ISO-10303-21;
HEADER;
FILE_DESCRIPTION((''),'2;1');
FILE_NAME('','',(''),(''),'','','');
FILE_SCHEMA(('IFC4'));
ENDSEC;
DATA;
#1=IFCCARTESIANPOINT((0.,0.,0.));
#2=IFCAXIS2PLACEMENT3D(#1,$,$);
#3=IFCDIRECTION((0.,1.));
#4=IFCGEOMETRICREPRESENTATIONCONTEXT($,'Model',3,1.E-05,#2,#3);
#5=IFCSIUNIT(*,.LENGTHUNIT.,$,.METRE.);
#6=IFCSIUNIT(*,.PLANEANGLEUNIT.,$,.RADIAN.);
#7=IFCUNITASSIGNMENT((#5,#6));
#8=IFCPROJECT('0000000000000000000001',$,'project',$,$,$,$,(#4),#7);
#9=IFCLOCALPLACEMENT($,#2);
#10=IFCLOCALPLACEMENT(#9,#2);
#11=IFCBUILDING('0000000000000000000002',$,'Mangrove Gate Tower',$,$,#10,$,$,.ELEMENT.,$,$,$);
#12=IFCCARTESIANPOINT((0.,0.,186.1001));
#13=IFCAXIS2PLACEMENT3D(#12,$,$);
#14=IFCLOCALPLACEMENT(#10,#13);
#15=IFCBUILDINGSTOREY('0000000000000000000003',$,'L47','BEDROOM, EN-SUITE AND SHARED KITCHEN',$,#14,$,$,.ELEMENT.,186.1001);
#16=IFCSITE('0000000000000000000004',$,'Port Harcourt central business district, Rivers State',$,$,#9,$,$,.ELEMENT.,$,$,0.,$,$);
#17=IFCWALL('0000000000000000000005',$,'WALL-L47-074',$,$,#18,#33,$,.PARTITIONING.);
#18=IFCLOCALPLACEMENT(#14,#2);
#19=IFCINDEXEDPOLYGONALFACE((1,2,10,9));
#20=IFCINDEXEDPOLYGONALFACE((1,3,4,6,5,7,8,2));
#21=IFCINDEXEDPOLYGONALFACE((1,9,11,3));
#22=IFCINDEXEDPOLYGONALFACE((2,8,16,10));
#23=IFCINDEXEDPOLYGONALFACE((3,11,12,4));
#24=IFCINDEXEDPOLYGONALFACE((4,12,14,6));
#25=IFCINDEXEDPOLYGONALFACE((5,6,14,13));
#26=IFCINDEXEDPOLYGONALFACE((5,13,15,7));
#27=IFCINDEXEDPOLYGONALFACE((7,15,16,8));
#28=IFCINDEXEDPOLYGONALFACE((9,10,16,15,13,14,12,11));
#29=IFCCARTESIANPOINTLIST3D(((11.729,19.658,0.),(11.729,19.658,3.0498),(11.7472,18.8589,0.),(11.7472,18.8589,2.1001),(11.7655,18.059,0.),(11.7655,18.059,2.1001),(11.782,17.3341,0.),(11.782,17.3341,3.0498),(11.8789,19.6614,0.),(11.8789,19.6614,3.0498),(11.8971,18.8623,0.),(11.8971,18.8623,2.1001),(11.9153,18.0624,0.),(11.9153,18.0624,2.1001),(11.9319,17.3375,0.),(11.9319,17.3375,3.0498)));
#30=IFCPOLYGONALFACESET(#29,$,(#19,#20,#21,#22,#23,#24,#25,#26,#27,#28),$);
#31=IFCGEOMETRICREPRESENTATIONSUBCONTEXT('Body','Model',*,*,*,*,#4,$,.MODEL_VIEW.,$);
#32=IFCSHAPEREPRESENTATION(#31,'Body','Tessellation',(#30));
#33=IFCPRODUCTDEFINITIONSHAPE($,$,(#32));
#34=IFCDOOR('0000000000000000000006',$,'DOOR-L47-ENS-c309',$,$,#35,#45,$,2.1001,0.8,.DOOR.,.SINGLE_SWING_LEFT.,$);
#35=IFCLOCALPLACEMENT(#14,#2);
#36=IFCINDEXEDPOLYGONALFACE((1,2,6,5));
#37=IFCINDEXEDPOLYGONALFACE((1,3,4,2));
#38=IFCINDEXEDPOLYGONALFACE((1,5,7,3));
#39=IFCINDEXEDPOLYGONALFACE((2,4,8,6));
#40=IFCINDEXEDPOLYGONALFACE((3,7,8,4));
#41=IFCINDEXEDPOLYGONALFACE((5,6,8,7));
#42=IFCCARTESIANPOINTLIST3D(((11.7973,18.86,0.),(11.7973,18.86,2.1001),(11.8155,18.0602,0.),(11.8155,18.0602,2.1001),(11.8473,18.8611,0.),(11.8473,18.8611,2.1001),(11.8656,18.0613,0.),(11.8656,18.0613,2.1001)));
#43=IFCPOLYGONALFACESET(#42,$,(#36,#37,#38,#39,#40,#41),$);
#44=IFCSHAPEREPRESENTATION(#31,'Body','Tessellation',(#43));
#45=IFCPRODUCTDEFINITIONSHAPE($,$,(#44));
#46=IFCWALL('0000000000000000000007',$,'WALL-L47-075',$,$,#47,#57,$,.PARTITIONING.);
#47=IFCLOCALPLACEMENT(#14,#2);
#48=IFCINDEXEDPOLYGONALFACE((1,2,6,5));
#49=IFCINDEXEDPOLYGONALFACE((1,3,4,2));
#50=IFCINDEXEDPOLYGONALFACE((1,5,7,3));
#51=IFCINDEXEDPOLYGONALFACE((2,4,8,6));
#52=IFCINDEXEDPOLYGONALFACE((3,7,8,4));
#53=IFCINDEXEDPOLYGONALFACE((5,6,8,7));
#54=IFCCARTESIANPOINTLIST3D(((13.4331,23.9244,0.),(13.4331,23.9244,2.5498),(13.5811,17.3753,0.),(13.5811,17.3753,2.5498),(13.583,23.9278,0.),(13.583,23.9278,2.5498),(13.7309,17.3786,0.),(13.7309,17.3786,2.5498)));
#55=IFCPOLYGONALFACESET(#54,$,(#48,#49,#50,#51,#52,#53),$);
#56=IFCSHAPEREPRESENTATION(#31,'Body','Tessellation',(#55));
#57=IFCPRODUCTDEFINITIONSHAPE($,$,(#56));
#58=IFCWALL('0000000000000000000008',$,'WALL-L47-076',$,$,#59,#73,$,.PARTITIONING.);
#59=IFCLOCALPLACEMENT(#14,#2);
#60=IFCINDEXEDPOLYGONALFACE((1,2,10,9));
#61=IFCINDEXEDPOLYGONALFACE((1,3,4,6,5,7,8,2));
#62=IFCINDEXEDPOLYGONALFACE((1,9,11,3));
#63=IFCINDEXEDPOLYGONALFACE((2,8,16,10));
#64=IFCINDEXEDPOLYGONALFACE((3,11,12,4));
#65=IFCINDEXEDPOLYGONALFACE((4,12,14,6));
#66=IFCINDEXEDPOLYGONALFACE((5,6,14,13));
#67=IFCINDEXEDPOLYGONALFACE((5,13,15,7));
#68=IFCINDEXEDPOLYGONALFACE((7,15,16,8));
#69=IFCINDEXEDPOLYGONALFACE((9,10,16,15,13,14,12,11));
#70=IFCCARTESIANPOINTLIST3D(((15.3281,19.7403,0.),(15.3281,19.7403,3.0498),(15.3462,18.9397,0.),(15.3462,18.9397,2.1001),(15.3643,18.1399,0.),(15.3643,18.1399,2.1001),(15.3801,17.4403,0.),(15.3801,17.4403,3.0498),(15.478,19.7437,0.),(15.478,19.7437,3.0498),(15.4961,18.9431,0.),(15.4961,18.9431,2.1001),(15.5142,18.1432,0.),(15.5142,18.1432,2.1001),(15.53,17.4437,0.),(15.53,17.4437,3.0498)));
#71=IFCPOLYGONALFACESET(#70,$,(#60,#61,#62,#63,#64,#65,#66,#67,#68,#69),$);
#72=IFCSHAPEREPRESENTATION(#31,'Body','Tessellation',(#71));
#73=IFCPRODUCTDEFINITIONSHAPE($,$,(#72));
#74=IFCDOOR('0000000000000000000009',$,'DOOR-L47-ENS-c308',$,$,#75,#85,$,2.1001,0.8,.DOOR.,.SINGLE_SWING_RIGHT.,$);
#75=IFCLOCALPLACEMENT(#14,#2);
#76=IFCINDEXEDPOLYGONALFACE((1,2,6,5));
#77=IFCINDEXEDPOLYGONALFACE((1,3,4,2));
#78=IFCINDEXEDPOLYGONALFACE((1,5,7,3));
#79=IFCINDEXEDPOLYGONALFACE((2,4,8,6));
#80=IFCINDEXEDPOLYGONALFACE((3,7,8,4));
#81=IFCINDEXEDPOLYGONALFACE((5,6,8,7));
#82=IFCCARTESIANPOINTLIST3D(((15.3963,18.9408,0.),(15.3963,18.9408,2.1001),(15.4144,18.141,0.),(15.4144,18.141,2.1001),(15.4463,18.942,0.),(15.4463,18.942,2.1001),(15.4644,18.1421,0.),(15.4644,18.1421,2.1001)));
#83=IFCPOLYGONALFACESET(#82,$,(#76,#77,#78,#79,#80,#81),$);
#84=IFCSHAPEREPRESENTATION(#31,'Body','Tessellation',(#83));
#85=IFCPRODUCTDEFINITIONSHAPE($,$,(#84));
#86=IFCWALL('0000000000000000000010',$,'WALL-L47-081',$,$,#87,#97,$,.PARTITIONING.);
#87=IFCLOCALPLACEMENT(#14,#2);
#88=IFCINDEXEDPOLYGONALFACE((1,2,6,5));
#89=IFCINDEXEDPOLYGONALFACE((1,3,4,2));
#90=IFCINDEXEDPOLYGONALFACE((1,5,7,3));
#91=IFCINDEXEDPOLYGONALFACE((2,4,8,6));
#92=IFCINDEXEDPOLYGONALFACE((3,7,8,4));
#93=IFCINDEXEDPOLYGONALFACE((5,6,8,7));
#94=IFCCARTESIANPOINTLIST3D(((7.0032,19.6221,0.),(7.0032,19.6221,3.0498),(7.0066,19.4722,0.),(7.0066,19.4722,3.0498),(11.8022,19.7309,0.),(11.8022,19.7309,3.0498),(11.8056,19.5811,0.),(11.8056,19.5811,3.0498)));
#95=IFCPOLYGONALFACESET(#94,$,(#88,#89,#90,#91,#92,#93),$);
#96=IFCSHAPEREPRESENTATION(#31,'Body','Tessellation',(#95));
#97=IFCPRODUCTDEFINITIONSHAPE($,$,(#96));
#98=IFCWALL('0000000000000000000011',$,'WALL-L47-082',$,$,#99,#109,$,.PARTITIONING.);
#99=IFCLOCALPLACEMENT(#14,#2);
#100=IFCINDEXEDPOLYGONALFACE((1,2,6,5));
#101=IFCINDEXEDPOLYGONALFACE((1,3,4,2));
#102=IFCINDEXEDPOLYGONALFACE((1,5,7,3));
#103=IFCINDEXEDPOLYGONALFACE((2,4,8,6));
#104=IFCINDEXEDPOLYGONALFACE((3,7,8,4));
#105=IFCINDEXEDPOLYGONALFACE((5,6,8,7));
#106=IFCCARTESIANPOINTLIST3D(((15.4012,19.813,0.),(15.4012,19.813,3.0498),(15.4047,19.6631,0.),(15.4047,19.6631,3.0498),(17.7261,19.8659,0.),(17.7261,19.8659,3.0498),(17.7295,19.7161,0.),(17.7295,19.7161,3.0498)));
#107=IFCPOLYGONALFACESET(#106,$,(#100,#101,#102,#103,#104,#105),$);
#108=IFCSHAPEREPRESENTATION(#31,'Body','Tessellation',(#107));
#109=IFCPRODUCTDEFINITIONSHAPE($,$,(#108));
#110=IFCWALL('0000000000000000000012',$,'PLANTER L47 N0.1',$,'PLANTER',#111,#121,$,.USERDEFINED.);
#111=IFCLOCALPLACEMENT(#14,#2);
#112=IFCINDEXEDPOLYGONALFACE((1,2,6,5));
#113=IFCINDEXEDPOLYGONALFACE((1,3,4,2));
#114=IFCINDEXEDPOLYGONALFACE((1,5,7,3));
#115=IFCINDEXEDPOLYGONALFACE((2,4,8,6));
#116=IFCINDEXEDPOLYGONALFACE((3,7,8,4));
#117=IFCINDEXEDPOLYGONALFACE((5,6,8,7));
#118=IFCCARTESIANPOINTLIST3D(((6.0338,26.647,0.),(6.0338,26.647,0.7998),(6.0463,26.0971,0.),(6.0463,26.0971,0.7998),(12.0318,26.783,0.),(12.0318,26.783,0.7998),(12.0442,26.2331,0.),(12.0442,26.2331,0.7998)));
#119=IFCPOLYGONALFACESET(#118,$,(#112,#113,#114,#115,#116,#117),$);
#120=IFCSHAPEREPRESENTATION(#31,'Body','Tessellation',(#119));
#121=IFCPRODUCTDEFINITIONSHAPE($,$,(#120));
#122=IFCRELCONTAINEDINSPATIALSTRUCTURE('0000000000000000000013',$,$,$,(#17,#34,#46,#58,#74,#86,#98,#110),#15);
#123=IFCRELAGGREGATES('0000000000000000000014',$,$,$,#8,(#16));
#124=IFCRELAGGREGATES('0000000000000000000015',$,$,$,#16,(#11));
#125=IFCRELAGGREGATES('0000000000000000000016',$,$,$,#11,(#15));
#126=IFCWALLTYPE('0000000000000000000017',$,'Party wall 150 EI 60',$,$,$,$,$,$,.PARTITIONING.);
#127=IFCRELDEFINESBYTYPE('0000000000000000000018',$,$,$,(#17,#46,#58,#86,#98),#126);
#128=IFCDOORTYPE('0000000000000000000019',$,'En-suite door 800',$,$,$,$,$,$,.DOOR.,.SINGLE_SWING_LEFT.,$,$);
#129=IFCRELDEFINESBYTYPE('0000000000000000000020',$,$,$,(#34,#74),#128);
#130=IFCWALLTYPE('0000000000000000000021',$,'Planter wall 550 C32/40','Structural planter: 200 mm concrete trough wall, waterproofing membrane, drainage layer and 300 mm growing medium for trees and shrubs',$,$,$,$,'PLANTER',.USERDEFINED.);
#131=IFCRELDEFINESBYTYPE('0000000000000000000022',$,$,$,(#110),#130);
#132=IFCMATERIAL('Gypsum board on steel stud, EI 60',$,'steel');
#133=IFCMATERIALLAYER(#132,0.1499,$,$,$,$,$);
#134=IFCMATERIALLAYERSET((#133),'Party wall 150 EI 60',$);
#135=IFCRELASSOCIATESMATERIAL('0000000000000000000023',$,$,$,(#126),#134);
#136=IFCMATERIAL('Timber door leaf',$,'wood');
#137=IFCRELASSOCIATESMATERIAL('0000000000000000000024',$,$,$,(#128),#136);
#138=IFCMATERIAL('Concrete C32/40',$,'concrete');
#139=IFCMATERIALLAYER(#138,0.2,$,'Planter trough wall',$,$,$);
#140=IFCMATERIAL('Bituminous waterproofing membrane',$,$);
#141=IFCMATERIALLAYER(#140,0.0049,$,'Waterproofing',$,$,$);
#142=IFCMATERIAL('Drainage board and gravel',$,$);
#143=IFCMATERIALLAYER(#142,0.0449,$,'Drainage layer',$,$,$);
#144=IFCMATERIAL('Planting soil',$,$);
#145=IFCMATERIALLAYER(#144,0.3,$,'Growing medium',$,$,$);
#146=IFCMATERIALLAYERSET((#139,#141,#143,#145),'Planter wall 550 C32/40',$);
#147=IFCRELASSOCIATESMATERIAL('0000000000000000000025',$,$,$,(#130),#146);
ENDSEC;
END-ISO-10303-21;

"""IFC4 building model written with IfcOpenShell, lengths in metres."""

from ifc_helpers import new_model, si_unit, direction, frame, frame_2d, origin, place, context, subcontext, project, spatial, rectangle, extrude, material, layer, layer_set, type_object, element, fill, save


model = new_model("IFC4")

# Units and contexts
model_context = context("Model", 3, precision=1e-05, world=origin(), true_north=direction((0.0, 1.0)))
body_context = subcontext(model_context, "Body", "Model", "MODEL_VIEW")
ifc_project = project(units=[si_unit("LENGTHUNIT", "METRE"), si_unit("PLANEANGLEUNIT", "RADIAN")], contexts=[model_context])

# Site, building, storey
site_placement = place(None, origin())
site = spatial("IfcSite", under=ifc_project, at=site_placement, Name="Port Harcourt central business district, Rivers State", CompositionType="ELEMENT", RefElevation=0.0)
building_placement = place(site_placement, origin())
building = spatial("IfcBuilding", under=site, at=building_placement, Name="Mangrove Gate Tower", CompositionType="ELEMENT")
storey_placement = place(building_placement, frame((0.0, 0.0, 186.1001)))
storey = spatial("IfcBuildingStorey", under=building, at=storey_placement, Name="L47", Description="BEDROOM, EN-SUITE AND SHARED KITCHEN", CompositionType="ELEMENT", Elevation=186.1001)

# Shared definitions
ifc_material_1 = material(Name="Gypsum board on steel stud, EI 60", Category="steel")
ifc_layer_1 = layer(ifc_material_1, 0.1499)
ifc_layer_set_1 = layer_set([ifc_layer_1], Name="Party wall 150 EI 60")
wall_type_1 = type_object("IfcWallType", Name="Party wall 150 EI 60", PredefinedType="PARTITIONING", material=ifc_layer_set_1)

# Shared definitions
ifc_material_2 = material(Name="Timber door leaf", Category="wood")
door_type_1 = type_object("IfcDoorType", Name="En-suite door 800", OperationType="SINGLE_SWING_LEFT", PredefinedType="DOOR", material=ifc_material_2)

# Wall, opening, door
wall_1_placement = place(storey_placement, frame((11.8569, 17.3359, 0.0), z_axis=(0.0, 0.0, 1.0), x_axis=(-0.022791, 0.99974, 0.0)))
wall_1 = element("IfcWall", 1, at=wall_1_placement, inside=storey, type_object=wall_type_1, Name="WALL-L47-074", PredefinedType="PARTITIONING", context=body_context, shape_type="SweptSolid", body=[
    extrude(rectangle(XDim=2.3245, YDim=0.1499, at=frame_2d((1.1621, 0.0))), origin(), (0.0, 0.0, 1.0), 3.0498),
])
opening_1_placement = place(wall_1_placement, frame((0.7251, 0.0, 0.0)))
opening_1 = element("IfcOpeningElement", 2, at=opening_1_placement, cuts=wall_1, PredefinedType="OPENING", context=body_context, shape_type="SweptSolid", body=[
    extrude(rectangle(XDim=0.8, YDim=2.1001, at=frame_2d((0.3999, 1.05))), frame((0.0, 0.085, 0.0), z_axis=(0.0, -1.0, 0.0), x_axis=(1.0, 0.0, 0.0)), (0.0, 0.0, 1.0), 0.1699),
])
door_1_placement = place(opening_1_placement, origin())
door_1 = element("IfcDoor", 3, at=door_1_placement, inside=storey, type_object=door_type_1, Name="DOOR-L47-ENS-c309", OperationType="SINGLE_SWING_LEFT", OverallHeight=2.1001, OverallWidth=0.8, PredefinedType="DOOR", context=body_context, shape_type="SweptSolid", body=[
    extrude(rectangle(XDim=0.8, YDim=2.1001, at=frame_2d((0.3999, 1.05))), frame((0.0, 0.0249, 0.0), z_axis=(0.0, -1.0, 0.0), x_axis=(1.0, 0.0, 0.0)), (0.0, 0.0, 1.0), 0.05),
])
fill(opening_1, door_1)

# Wall
wall_2_placement = place(storey_placement, frame((13.656, 17.377, 0.0), z_axis=(0.0, 0.0, 1.0), x_axis=(-0.022585, 0.999745, 0.0)))
element("IfcWall", 4, at=wall_2_placement, inside=storey, type_object=wall_type_1, Name="WALL-L47-075", PredefinedType="PARTITIONING", context=body_context, shape_type="SweptSolid", body=[
    extrude(rectangle(XDim=6.5508, YDim=0.1499, at=frame_2d((3.2754, 0.0))), origin(), (0.0, 0.0, 1.0), 2.5498),
])

# Wall, opening, door
wall_3_placement = place(storey_placement, frame((15.4551, 17.4419, 0.0), z_axis=(0.0, 0.0, 1.0), x_axis=(-0.022603, 0.999745, 0.0)))
wall_3 = element("IfcWall", 5, at=wall_3_placement, inside=storey, type_object=wall_type_1, Name="WALL-L47-076", PredefinedType="PARTITIONING", context=body_context, shape_type="SweptSolid", body=[
    extrude(rectangle(XDim=2.3005, YDim=0.1499, at=frame_2d((1.1504, 0.0))), origin(), (0.0, 0.0, 1.0), 3.0498),
])
opening_2_placement = place(wall_3_placement, frame((0.7, 0.0, 0.0)))
opening_2 = element("IfcOpeningElement", 6, at=opening_2_placement, cuts=wall_3, PredefinedType="OPENING", context=body_context, shape_type="SweptSolid", body=[
    extrude(rectangle(XDim=0.8, YDim=2.1001, at=frame_2d((0.3999, 1.05))), frame((0.0, 0.085, 0.0), z_axis=(0.0, -1.0, 0.0), x_axis=(1.0, 0.0, 0.0)), (0.0, 0.0, 1.0), 0.1699),
])
door_2_placement = place(opening_2_placement, origin())
door_2 = element("IfcDoor", 7, at=door_2_placement, inside=storey, type_object=door_type_1, Name="DOOR-L47-ENS-c308", OperationType="SINGLE_SWING_RIGHT", OverallHeight=2.1001, OverallWidth=0.8, PredefinedType="DOOR", context=body_context, shape_type="SweptSolid", body=[
    extrude(rectangle(XDim=0.8, YDim=2.1001, at=frame_2d((0.3999, 1.05))), frame((0.0, 0.0249, 0.0), z_axis=(0.0, -1.0, 0.0), x_axis=(1.0, 0.0, 0.0)), (0.0, 0.0, 1.0), 0.05),
])
fill(opening_2, door_2)

# Walls
wall_4_placement = place(storey_placement, frame((7.0049, 19.5471, 0.0), z_axis=(0.0, 0.0, 1.0), x_axis=(0.999743, 0.022683, 0.0)))
element("IfcWall", 8, at=wall_4_placement, inside=storey, type_object=wall_type_1, Name="WALL-L47-081", PredefinedType="PARTITIONING", context=body_context, shape_type="SweptSolid", body=[
    extrude(rectangle(XDim=4.8003, YDim=0.1499, at=frame_2d((2.4001, 0.0))), origin(), (0.0, 0.0, 1.0), 3.0498),
])
wall_5_placement = place(storey_placement, frame((15.4031, 19.738, 0.0), z_axis=(0.0, 0.0, 1.0), x_axis=(0.99974, 0.022781, 0.0)))
element("IfcWall", 9, at=wall_5_placement, inside=storey, type_object=wall_type_1, Name="WALL-L47-082", PredefinedType="PARTITIONING", context=body_context, shape_type="SweptSolid", body=[
    extrude(rectangle(XDim=2.3254, YDim=0.1499, at=frame_2d((1.1626, 0.0))), origin(), (0.0, 0.0, 1.0), 3.0498),
])
ifc_material_3 = material(Name="Concrete C32/40", Category="concrete")
ifc_layer_2 = layer(ifc_material_3, 0.2, Name="Planter trough wall")
ifc_material_4 = material(Name="Bituminous waterproofing membrane")
ifc_layer_3 = layer(ifc_material_4, 0.0049, Name="Waterproofing")
ifc_material_5 = material(Name="Drainage board and gravel")
ifc_layer_4 = layer(ifc_material_5, 0.0449, Name="Drainage layer")
ifc_material_6 = material(Name="Planting soil")
ifc_layer_5 = layer(ifc_material_6, 0.3, Name="Growing medium")
ifc_layer_set_2 = layer_set([ifc_layer_2, ifc_layer_3, ifc_layer_4, ifc_layer_5], Name="Planter wall 550 C32/40")
wall_type_2 = type_object("IfcWallType", Name="Planter wall 550 C32/40", Description="Structural planter: 200 mm concrete trough wall, waterproofing membrane, drainage layer and 300 mm growing medium for trees and shrubs", ElementType="PLANTER", PredefinedType="USERDEFINED", material=ifc_layer_set_2)
wall_6_placement = place(storey_placement, frame((6.04, 26.3721, 0.0), z_axis=(0.0, 0.0, 1.0), x_axis=(0.999743, 0.022666, 0.0)))
element("IfcWall", 10, at=wall_6_placement, inside=storey, type_object=wall_type_2, Name="PLANTER L47 N0.1", ObjectType="PLANTER", PredefinedType="USERDEFINED", context=body_context, shape_type="SweptSolid", body=[
    extrude(rectangle(XDim=5.9995, YDim=0.55, at=frame_2d((2.9998, 0.0))), origin(), (0.0, 0.0, 1.0), 0.7998),
])

save(model, "model.ifc")
